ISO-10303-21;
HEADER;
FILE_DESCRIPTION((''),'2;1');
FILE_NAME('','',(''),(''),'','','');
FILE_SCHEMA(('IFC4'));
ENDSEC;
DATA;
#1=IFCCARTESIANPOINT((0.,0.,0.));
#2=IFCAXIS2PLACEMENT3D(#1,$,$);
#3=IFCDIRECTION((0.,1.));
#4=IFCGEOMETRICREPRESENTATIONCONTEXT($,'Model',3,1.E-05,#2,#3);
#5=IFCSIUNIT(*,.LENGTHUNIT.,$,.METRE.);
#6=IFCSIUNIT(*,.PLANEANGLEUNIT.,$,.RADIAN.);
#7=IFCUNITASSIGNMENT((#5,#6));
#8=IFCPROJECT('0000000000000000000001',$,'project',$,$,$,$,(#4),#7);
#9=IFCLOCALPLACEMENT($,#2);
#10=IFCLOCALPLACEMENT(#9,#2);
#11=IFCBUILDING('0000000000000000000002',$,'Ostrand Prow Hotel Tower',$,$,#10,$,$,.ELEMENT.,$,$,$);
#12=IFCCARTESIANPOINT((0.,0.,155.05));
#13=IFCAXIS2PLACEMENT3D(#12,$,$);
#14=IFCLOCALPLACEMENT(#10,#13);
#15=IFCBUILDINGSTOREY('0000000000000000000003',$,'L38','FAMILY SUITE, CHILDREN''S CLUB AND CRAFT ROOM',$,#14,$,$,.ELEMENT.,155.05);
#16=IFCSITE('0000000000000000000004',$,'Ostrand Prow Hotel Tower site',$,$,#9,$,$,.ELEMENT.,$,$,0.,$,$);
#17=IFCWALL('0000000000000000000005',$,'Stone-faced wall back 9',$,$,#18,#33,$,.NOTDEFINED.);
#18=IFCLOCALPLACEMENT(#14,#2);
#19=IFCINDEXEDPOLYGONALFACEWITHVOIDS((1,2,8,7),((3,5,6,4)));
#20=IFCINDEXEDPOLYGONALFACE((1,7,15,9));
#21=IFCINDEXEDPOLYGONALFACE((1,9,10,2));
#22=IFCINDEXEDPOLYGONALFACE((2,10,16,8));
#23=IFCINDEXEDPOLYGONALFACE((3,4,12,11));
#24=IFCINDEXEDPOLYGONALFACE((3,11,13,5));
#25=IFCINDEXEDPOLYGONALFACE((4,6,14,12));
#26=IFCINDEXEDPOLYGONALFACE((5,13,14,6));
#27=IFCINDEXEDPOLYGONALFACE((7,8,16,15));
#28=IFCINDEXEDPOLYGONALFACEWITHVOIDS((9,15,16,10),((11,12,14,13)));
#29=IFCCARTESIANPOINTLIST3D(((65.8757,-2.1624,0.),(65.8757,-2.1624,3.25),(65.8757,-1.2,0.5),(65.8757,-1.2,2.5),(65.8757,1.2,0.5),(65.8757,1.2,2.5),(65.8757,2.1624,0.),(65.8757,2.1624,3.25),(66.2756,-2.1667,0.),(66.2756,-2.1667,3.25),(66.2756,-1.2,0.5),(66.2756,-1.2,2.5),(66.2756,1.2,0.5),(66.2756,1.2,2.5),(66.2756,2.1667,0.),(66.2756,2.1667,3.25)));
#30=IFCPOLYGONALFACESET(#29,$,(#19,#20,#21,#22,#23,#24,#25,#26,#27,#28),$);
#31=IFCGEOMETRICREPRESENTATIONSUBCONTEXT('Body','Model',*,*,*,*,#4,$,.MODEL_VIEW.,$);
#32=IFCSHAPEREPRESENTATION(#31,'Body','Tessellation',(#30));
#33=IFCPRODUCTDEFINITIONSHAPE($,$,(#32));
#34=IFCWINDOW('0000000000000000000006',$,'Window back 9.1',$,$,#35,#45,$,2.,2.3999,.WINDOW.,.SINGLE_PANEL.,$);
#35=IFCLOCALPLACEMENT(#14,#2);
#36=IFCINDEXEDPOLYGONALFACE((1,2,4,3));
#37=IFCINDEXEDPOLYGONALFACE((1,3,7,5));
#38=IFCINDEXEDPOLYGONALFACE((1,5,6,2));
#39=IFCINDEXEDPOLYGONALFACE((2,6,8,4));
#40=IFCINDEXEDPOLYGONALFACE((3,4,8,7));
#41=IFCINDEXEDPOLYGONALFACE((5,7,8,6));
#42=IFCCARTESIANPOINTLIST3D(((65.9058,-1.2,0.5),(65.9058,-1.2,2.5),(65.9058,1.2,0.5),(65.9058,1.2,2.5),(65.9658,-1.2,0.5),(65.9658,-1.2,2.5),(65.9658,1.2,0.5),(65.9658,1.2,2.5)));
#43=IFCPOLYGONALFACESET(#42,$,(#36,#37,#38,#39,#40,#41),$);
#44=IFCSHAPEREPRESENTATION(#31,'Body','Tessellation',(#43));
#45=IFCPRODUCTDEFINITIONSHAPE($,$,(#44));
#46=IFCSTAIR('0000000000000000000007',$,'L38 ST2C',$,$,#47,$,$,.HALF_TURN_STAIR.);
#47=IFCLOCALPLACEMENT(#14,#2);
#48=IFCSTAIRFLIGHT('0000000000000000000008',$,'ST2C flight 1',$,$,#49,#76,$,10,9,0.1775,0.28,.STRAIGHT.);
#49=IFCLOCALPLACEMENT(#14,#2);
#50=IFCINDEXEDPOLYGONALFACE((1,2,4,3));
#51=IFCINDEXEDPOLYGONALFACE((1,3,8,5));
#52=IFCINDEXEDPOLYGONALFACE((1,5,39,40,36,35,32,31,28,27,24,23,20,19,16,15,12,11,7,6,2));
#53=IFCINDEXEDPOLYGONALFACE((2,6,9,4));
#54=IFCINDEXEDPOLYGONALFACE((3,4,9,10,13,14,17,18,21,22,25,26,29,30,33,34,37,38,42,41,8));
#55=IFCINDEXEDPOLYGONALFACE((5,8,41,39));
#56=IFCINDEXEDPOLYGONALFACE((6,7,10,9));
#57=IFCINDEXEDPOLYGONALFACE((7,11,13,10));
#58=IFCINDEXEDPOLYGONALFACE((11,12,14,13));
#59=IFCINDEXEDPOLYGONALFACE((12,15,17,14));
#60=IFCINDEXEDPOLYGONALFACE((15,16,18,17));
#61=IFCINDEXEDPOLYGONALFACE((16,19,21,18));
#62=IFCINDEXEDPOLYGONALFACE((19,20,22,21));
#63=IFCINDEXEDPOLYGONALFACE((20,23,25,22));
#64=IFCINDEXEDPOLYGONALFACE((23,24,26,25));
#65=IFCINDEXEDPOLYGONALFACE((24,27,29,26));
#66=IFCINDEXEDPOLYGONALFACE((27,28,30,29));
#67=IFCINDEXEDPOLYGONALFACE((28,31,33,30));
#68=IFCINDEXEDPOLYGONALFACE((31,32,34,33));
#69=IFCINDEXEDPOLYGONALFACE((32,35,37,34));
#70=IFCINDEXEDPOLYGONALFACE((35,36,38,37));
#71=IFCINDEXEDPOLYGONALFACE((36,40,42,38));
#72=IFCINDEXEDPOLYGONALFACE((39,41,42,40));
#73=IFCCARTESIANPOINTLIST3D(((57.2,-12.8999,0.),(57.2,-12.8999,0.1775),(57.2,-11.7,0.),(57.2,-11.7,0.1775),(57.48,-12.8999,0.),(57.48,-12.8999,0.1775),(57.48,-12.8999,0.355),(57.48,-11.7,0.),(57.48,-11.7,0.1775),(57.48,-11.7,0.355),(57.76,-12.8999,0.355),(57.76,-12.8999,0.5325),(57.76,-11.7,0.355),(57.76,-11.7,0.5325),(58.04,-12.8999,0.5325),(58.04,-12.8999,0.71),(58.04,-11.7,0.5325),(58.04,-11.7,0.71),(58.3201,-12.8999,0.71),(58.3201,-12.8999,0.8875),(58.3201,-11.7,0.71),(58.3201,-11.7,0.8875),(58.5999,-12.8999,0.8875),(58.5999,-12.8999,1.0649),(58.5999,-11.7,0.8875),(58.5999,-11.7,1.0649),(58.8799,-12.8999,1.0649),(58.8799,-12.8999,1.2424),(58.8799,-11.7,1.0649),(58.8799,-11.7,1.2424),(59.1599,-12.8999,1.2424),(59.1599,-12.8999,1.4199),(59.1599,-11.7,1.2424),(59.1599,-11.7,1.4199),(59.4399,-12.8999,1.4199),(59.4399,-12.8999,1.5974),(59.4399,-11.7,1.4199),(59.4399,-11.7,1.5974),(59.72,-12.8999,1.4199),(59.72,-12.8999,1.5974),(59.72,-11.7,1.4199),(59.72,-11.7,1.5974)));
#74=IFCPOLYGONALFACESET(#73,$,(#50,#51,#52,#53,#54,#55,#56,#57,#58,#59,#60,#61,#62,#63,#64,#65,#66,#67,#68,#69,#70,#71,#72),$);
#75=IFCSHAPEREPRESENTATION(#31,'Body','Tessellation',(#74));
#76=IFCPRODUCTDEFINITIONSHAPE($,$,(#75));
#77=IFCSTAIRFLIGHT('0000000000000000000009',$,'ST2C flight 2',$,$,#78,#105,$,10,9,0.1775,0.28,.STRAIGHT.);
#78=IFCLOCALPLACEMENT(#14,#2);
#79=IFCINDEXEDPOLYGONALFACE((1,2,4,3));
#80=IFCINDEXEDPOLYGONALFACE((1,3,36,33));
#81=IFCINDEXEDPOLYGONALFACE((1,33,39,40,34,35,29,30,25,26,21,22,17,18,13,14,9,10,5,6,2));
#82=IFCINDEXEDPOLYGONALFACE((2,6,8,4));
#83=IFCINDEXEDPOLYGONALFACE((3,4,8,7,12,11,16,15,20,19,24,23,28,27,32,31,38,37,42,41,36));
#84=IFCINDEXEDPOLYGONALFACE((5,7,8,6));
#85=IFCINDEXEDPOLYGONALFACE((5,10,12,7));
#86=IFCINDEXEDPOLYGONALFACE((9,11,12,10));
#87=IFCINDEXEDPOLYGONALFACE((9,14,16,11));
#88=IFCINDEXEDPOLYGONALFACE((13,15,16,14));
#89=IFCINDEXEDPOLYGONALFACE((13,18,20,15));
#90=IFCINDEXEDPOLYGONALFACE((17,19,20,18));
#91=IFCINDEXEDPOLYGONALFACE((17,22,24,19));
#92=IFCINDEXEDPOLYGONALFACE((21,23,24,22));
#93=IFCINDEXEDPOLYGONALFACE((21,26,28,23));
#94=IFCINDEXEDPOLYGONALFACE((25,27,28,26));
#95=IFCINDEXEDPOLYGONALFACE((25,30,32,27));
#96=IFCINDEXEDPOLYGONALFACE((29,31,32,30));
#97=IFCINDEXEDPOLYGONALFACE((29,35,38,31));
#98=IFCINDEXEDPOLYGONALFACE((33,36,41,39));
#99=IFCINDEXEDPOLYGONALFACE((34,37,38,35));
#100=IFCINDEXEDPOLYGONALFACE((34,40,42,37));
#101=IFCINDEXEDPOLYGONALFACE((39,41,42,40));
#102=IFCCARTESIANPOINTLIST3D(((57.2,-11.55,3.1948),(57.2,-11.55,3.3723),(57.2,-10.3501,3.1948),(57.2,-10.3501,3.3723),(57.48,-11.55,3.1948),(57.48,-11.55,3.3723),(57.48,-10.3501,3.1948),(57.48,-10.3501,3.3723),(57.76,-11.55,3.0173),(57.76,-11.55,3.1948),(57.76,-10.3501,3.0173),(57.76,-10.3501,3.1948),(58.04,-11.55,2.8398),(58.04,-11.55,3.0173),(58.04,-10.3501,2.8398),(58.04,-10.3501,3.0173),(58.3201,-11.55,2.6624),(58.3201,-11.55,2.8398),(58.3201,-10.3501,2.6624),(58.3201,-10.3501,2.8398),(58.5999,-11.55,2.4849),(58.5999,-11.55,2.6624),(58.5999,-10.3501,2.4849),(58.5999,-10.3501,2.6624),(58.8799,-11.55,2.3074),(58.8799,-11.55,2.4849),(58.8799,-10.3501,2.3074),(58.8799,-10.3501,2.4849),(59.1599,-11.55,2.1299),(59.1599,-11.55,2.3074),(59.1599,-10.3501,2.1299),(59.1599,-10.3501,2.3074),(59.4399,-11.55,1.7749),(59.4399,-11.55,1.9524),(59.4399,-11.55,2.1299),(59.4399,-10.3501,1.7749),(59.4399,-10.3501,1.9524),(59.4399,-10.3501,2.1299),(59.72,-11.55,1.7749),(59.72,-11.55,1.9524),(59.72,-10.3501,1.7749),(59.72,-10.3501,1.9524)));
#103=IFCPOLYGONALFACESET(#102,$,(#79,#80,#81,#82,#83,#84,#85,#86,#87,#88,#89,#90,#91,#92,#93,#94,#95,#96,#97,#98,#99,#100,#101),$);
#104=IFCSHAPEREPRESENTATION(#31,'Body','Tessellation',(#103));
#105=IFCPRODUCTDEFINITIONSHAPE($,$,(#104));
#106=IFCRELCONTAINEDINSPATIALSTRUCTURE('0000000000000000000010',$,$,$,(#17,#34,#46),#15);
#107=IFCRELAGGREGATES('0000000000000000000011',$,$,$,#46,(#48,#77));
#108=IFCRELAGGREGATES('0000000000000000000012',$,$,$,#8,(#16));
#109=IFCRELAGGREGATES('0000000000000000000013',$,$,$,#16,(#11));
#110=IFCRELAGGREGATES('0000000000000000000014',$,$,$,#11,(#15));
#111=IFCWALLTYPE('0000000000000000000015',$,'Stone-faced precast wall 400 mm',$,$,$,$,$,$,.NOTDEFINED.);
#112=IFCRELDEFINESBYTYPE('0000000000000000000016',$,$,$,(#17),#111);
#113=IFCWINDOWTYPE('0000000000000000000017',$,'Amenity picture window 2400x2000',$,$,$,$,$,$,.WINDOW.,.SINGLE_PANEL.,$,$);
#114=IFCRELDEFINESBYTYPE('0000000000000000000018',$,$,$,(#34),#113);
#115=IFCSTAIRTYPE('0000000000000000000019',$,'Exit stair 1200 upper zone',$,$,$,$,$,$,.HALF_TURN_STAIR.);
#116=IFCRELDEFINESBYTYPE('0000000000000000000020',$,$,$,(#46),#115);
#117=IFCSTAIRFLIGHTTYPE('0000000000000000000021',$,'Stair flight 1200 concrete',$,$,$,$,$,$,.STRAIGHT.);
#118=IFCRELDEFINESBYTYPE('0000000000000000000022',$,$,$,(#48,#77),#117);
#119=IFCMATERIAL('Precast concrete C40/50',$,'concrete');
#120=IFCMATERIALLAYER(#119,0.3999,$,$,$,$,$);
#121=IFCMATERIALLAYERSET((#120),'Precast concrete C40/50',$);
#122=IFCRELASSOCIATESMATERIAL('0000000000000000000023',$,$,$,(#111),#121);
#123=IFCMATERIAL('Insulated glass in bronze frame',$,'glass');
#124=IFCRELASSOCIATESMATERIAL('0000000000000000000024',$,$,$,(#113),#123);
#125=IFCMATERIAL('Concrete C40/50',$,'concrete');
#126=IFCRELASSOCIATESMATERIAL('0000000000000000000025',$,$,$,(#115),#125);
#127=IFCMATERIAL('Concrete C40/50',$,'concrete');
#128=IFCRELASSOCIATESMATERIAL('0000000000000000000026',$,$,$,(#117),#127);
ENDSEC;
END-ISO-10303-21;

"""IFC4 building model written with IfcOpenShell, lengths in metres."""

from ifc_helpers import new_model, si_unit, direction, frame, frame_2d, origin, place, context, subcontext, project, spatial, polyline, rectangle, outline, extrude, material, layer, layer_set, type_object, element, fill, aggregate, save


model = new_model("IFC4")

# Units and contexts
model_context = context("Model", 3, precision=1e-05, world=origin(), true_north=direction((0.0, 1.0)))
body_context = subcontext(model_context, "Body", "Model", "MODEL_VIEW")
ifc_project = project(units=[si_unit("LENGTHUNIT", "METRE"), si_unit("PLANEANGLEUNIT", "RADIAN")], contexts=[model_context])

# Site, building, storey
site_placement = place(None, origin())
site = spatial("IfcSite", under=ifc_project, at=site_placement, Name="Ostrand Prow Hotel Tower site", CompositionType="ELEMENT", RefElevation=0.0)
building_placement = place(site_placement, origin())
building = spatial("IfcBuilding", under=site, at=building_placement, Name="Ostrand Prow Hotel Tower", CompositionType="ELEMENT")
storey_placement = place(building_placement, frame((0.0, 0.0, 155.05)))
storey = spatial("IfcBuildingStorey", under=building, at=storey_placement, Name="L38", Description="FAMILY SUITE, CHILDREN'S CLUB AND CRAFT ROOM", CompositionType="ELEMENT", Elevation=155.05)

# Shared definitions
ifc_material_1 = material(Name="Precast concrete C40/50", Category="concrete")
ifc_layer_1 = layer(ifc_material_1, 0.3999)
ifc_layer_set_1 = layer_set([ifc_layer_1], Name="Precast concrete C40/50")
wall_type_1 = type_object("IfcWallType", Name="Stone-faced precast wall 400 mm", PredefinedType="NOTDEFINED", material=ifc_layer_set_1)
ifc_material_2 = material(Name="Insulated glass in bronze frame", Category="glass")
window_type = type_object("IfcWindowType", Name="Amenity picture window 2400x2000", PartitioningType="SINGLE_PANEL", PredefinedType="WINDOW", material=ifc_material_2)

# Wall, opening, window
wall_1_placement = place(storey_placement, frame((66.0757, -2.1646, 0.0), z_axis=(0.0, 0.0, 1.0), x_axis=(0.0, 1.0, 0.0)))
wall_1 = element("IfcWall", 1, at=wall_1_placement, inside=storey, type_object=wall_type_1, Name="Stone-faced wall back 9", PredefinedType="NOTDEFINED", context=body_context, shape_type="SweptSolid", body=[
    extrude(outline(polyline([(-0.0022, -0.2), (4.3313, -0.2), (4.3269, 0.2), (0.0022, 0.2), (-0.0022, -0.2)])), origin(), (0.0, 0.0, 1.0), 3.25),
])
opening_1_placement = place(wall_1_placement, frame((0.9646, 0.0, 0.5)))
opening_1 = element("IfcOpeningElement", 2, at=opening_1_placement, cuts=wall_1, PredefinedType="OPENING", context=body_context, shape_type="SweptSolid", body=[
    extrude(rectangle(XDim=2.3999, YDim=2.0, at=frame_2d((1.2, 1.0))), frame((0.0, 0.21, 0.0), z_axis=(0.0, -1.0, 0.0), x_axis=(1.0, 0.0, 0.0)), (0.0, 0.0, 1.0), 0.4199),
])
window_1_placement = place(opening_1_placement, origin())
window_1 = element("IfcWindow", 3, at=window_1_placement, inside=storey, type_object=window_type, Name="Window back 9.1", OverallHeight=2.0, OverallWidth=2.3999, PartitioningType="SINGLE_PANEL", PredefinedType="WINDOW", context=body_context, shape_type="SweptSolid", body=[
    extrude(rectangle(XDim=2.3999, YDim=2.0, at=frame_2d((1.2, 1.0))), frame((0.0, 0.1699, 0.0), z_axis=(0.0, -1.0, 0.0), x_axis=(1.0, 0.0, 0.0)), (0.0, 0.0, 1.0), 0.0601),
])
fill(opening_1, window_1)

# Stair, stair flights
ifc_material_3 = material(Name="Concrete C40/50", Category="concrete")
stair_type = type_object("IfcStairType", Name="Exit stair 1200 upper zone", PredefinedType="HALF_TURN_STAIR", material=ifc_material_3)
stair_placement = place(storey_placement, origin())
stair = element("IfcStair", 4, at=stair_placement, inside=storey, type_object=stair_type, Name="L38 ST2C", PredefinedType="HALF_TURN_STAIR")
ifc_material_4 = material(Name="Concrete C40/50", Category="concrete")
stair_flight_type = type_object("IfcStairFlightType", Name="Stair flight 1200 concrete", PredefinedType="STRAIGHT", material=ifc_material_4)
stair_flight_1_placement = place(storey_placement, frame((57.2, -12.3, 0.0), z_axis=(0.0, 0.0, 1.0), x_axis=(1.0, 0.0, 0.0)))
stair_flight_1 = element("IfcStairFlight", 5, at=stair_flight_1_placement, type_object=stair_flight_type, Name="ST2C flight 1", NumberOfRisers=10, NumberOfTreads=9, PredefinedType="STRAIGHT", RiserHeight=0.1775, TreadLength=0.28, context=body_context, shape_type="SweptSolid", body=[
    extrude(outline(polyline([(0.0, 0.0), (0.0, 0.1775), (0.28, 0.1775), (0.28, 0.355), (0.5601, 0.355), (0.5601, 0.5325), (0.8401, 0.5325), (0.8401, 0.71), (1.1201, 0.71), (1.1201, 0.8875), (1.3999, 0.8875), (1.3999, 1.0649), (1.6799, 1.0649), (1.6799, 1.2424), (1.96, 1.2424), (1.96, 1.4199), (2.24, 1.4199), (2.24, 1.5974), (2.52, 1.5974), (2.52, 1.7749), (2.52, 1.4199), (0.28, 0.0), (0.0, 0.0)])), frame((0.0, 0.6001, 0.0), z_axis=(0.0, -1.0, 0.0), x_axis=(1.0, 0.0, 0.0)), (0.0, 0.0, 1.0), 1.2),
])
stair_flight_2_placement = place(storey_placement, frame((59.72, -10.95, 1.7749), z_axis=(0.0, 0.0, 1.0), x_axis=(-1.0, 0.0, 0.0)))
stair_flight_2 = element("IfcStairFlight", 6, at=stair_flight_2_placement, type_object=stair_flight_type, Name="ST2C flight 2", NumberOfRisers=10, NumberOfTreads=9, PredefinedType="STRAIGHT", RiserHeight=0.1775, TreadLength=0.28, context=body_context, shape_type="SweptSolid", body=[
    extrude(outline(polyline([(0.0, 0.0), (0.0, 0.1775), (0.28, 0.1775), (0.28, 0.355), (0.5601, 0.355), (0.5601, 0.5325), (0.8401, 0.5325), (0.8401, 0.71), (1.1201, 0.71), (1.1201, 0.8875), (1.3999, 0.8875), (1.3999, 1.0649), (1.6799, 1.0649), (1.6799, 1.2424), (1.96, 1.2424), (1.96, 1.4199), (2.24, 1.4199), (2.24, 1.5974), (2.52, 1.5974), (2.52, 1.7749), (2.52, 1.4199), (0.28, 0.0), (0.0, 0.0)])), frame((0.0, 0.6001, 0.0), z_axis=(0.0, -1.0, 0.0), x_axis=(1.0, 0.0, 0.0)), (0.0, 0.0, 1.0), 1.2),
])
aggregate(stair, [stair_flight_1, stair_flight_2])

save(model, "model.ifc")
